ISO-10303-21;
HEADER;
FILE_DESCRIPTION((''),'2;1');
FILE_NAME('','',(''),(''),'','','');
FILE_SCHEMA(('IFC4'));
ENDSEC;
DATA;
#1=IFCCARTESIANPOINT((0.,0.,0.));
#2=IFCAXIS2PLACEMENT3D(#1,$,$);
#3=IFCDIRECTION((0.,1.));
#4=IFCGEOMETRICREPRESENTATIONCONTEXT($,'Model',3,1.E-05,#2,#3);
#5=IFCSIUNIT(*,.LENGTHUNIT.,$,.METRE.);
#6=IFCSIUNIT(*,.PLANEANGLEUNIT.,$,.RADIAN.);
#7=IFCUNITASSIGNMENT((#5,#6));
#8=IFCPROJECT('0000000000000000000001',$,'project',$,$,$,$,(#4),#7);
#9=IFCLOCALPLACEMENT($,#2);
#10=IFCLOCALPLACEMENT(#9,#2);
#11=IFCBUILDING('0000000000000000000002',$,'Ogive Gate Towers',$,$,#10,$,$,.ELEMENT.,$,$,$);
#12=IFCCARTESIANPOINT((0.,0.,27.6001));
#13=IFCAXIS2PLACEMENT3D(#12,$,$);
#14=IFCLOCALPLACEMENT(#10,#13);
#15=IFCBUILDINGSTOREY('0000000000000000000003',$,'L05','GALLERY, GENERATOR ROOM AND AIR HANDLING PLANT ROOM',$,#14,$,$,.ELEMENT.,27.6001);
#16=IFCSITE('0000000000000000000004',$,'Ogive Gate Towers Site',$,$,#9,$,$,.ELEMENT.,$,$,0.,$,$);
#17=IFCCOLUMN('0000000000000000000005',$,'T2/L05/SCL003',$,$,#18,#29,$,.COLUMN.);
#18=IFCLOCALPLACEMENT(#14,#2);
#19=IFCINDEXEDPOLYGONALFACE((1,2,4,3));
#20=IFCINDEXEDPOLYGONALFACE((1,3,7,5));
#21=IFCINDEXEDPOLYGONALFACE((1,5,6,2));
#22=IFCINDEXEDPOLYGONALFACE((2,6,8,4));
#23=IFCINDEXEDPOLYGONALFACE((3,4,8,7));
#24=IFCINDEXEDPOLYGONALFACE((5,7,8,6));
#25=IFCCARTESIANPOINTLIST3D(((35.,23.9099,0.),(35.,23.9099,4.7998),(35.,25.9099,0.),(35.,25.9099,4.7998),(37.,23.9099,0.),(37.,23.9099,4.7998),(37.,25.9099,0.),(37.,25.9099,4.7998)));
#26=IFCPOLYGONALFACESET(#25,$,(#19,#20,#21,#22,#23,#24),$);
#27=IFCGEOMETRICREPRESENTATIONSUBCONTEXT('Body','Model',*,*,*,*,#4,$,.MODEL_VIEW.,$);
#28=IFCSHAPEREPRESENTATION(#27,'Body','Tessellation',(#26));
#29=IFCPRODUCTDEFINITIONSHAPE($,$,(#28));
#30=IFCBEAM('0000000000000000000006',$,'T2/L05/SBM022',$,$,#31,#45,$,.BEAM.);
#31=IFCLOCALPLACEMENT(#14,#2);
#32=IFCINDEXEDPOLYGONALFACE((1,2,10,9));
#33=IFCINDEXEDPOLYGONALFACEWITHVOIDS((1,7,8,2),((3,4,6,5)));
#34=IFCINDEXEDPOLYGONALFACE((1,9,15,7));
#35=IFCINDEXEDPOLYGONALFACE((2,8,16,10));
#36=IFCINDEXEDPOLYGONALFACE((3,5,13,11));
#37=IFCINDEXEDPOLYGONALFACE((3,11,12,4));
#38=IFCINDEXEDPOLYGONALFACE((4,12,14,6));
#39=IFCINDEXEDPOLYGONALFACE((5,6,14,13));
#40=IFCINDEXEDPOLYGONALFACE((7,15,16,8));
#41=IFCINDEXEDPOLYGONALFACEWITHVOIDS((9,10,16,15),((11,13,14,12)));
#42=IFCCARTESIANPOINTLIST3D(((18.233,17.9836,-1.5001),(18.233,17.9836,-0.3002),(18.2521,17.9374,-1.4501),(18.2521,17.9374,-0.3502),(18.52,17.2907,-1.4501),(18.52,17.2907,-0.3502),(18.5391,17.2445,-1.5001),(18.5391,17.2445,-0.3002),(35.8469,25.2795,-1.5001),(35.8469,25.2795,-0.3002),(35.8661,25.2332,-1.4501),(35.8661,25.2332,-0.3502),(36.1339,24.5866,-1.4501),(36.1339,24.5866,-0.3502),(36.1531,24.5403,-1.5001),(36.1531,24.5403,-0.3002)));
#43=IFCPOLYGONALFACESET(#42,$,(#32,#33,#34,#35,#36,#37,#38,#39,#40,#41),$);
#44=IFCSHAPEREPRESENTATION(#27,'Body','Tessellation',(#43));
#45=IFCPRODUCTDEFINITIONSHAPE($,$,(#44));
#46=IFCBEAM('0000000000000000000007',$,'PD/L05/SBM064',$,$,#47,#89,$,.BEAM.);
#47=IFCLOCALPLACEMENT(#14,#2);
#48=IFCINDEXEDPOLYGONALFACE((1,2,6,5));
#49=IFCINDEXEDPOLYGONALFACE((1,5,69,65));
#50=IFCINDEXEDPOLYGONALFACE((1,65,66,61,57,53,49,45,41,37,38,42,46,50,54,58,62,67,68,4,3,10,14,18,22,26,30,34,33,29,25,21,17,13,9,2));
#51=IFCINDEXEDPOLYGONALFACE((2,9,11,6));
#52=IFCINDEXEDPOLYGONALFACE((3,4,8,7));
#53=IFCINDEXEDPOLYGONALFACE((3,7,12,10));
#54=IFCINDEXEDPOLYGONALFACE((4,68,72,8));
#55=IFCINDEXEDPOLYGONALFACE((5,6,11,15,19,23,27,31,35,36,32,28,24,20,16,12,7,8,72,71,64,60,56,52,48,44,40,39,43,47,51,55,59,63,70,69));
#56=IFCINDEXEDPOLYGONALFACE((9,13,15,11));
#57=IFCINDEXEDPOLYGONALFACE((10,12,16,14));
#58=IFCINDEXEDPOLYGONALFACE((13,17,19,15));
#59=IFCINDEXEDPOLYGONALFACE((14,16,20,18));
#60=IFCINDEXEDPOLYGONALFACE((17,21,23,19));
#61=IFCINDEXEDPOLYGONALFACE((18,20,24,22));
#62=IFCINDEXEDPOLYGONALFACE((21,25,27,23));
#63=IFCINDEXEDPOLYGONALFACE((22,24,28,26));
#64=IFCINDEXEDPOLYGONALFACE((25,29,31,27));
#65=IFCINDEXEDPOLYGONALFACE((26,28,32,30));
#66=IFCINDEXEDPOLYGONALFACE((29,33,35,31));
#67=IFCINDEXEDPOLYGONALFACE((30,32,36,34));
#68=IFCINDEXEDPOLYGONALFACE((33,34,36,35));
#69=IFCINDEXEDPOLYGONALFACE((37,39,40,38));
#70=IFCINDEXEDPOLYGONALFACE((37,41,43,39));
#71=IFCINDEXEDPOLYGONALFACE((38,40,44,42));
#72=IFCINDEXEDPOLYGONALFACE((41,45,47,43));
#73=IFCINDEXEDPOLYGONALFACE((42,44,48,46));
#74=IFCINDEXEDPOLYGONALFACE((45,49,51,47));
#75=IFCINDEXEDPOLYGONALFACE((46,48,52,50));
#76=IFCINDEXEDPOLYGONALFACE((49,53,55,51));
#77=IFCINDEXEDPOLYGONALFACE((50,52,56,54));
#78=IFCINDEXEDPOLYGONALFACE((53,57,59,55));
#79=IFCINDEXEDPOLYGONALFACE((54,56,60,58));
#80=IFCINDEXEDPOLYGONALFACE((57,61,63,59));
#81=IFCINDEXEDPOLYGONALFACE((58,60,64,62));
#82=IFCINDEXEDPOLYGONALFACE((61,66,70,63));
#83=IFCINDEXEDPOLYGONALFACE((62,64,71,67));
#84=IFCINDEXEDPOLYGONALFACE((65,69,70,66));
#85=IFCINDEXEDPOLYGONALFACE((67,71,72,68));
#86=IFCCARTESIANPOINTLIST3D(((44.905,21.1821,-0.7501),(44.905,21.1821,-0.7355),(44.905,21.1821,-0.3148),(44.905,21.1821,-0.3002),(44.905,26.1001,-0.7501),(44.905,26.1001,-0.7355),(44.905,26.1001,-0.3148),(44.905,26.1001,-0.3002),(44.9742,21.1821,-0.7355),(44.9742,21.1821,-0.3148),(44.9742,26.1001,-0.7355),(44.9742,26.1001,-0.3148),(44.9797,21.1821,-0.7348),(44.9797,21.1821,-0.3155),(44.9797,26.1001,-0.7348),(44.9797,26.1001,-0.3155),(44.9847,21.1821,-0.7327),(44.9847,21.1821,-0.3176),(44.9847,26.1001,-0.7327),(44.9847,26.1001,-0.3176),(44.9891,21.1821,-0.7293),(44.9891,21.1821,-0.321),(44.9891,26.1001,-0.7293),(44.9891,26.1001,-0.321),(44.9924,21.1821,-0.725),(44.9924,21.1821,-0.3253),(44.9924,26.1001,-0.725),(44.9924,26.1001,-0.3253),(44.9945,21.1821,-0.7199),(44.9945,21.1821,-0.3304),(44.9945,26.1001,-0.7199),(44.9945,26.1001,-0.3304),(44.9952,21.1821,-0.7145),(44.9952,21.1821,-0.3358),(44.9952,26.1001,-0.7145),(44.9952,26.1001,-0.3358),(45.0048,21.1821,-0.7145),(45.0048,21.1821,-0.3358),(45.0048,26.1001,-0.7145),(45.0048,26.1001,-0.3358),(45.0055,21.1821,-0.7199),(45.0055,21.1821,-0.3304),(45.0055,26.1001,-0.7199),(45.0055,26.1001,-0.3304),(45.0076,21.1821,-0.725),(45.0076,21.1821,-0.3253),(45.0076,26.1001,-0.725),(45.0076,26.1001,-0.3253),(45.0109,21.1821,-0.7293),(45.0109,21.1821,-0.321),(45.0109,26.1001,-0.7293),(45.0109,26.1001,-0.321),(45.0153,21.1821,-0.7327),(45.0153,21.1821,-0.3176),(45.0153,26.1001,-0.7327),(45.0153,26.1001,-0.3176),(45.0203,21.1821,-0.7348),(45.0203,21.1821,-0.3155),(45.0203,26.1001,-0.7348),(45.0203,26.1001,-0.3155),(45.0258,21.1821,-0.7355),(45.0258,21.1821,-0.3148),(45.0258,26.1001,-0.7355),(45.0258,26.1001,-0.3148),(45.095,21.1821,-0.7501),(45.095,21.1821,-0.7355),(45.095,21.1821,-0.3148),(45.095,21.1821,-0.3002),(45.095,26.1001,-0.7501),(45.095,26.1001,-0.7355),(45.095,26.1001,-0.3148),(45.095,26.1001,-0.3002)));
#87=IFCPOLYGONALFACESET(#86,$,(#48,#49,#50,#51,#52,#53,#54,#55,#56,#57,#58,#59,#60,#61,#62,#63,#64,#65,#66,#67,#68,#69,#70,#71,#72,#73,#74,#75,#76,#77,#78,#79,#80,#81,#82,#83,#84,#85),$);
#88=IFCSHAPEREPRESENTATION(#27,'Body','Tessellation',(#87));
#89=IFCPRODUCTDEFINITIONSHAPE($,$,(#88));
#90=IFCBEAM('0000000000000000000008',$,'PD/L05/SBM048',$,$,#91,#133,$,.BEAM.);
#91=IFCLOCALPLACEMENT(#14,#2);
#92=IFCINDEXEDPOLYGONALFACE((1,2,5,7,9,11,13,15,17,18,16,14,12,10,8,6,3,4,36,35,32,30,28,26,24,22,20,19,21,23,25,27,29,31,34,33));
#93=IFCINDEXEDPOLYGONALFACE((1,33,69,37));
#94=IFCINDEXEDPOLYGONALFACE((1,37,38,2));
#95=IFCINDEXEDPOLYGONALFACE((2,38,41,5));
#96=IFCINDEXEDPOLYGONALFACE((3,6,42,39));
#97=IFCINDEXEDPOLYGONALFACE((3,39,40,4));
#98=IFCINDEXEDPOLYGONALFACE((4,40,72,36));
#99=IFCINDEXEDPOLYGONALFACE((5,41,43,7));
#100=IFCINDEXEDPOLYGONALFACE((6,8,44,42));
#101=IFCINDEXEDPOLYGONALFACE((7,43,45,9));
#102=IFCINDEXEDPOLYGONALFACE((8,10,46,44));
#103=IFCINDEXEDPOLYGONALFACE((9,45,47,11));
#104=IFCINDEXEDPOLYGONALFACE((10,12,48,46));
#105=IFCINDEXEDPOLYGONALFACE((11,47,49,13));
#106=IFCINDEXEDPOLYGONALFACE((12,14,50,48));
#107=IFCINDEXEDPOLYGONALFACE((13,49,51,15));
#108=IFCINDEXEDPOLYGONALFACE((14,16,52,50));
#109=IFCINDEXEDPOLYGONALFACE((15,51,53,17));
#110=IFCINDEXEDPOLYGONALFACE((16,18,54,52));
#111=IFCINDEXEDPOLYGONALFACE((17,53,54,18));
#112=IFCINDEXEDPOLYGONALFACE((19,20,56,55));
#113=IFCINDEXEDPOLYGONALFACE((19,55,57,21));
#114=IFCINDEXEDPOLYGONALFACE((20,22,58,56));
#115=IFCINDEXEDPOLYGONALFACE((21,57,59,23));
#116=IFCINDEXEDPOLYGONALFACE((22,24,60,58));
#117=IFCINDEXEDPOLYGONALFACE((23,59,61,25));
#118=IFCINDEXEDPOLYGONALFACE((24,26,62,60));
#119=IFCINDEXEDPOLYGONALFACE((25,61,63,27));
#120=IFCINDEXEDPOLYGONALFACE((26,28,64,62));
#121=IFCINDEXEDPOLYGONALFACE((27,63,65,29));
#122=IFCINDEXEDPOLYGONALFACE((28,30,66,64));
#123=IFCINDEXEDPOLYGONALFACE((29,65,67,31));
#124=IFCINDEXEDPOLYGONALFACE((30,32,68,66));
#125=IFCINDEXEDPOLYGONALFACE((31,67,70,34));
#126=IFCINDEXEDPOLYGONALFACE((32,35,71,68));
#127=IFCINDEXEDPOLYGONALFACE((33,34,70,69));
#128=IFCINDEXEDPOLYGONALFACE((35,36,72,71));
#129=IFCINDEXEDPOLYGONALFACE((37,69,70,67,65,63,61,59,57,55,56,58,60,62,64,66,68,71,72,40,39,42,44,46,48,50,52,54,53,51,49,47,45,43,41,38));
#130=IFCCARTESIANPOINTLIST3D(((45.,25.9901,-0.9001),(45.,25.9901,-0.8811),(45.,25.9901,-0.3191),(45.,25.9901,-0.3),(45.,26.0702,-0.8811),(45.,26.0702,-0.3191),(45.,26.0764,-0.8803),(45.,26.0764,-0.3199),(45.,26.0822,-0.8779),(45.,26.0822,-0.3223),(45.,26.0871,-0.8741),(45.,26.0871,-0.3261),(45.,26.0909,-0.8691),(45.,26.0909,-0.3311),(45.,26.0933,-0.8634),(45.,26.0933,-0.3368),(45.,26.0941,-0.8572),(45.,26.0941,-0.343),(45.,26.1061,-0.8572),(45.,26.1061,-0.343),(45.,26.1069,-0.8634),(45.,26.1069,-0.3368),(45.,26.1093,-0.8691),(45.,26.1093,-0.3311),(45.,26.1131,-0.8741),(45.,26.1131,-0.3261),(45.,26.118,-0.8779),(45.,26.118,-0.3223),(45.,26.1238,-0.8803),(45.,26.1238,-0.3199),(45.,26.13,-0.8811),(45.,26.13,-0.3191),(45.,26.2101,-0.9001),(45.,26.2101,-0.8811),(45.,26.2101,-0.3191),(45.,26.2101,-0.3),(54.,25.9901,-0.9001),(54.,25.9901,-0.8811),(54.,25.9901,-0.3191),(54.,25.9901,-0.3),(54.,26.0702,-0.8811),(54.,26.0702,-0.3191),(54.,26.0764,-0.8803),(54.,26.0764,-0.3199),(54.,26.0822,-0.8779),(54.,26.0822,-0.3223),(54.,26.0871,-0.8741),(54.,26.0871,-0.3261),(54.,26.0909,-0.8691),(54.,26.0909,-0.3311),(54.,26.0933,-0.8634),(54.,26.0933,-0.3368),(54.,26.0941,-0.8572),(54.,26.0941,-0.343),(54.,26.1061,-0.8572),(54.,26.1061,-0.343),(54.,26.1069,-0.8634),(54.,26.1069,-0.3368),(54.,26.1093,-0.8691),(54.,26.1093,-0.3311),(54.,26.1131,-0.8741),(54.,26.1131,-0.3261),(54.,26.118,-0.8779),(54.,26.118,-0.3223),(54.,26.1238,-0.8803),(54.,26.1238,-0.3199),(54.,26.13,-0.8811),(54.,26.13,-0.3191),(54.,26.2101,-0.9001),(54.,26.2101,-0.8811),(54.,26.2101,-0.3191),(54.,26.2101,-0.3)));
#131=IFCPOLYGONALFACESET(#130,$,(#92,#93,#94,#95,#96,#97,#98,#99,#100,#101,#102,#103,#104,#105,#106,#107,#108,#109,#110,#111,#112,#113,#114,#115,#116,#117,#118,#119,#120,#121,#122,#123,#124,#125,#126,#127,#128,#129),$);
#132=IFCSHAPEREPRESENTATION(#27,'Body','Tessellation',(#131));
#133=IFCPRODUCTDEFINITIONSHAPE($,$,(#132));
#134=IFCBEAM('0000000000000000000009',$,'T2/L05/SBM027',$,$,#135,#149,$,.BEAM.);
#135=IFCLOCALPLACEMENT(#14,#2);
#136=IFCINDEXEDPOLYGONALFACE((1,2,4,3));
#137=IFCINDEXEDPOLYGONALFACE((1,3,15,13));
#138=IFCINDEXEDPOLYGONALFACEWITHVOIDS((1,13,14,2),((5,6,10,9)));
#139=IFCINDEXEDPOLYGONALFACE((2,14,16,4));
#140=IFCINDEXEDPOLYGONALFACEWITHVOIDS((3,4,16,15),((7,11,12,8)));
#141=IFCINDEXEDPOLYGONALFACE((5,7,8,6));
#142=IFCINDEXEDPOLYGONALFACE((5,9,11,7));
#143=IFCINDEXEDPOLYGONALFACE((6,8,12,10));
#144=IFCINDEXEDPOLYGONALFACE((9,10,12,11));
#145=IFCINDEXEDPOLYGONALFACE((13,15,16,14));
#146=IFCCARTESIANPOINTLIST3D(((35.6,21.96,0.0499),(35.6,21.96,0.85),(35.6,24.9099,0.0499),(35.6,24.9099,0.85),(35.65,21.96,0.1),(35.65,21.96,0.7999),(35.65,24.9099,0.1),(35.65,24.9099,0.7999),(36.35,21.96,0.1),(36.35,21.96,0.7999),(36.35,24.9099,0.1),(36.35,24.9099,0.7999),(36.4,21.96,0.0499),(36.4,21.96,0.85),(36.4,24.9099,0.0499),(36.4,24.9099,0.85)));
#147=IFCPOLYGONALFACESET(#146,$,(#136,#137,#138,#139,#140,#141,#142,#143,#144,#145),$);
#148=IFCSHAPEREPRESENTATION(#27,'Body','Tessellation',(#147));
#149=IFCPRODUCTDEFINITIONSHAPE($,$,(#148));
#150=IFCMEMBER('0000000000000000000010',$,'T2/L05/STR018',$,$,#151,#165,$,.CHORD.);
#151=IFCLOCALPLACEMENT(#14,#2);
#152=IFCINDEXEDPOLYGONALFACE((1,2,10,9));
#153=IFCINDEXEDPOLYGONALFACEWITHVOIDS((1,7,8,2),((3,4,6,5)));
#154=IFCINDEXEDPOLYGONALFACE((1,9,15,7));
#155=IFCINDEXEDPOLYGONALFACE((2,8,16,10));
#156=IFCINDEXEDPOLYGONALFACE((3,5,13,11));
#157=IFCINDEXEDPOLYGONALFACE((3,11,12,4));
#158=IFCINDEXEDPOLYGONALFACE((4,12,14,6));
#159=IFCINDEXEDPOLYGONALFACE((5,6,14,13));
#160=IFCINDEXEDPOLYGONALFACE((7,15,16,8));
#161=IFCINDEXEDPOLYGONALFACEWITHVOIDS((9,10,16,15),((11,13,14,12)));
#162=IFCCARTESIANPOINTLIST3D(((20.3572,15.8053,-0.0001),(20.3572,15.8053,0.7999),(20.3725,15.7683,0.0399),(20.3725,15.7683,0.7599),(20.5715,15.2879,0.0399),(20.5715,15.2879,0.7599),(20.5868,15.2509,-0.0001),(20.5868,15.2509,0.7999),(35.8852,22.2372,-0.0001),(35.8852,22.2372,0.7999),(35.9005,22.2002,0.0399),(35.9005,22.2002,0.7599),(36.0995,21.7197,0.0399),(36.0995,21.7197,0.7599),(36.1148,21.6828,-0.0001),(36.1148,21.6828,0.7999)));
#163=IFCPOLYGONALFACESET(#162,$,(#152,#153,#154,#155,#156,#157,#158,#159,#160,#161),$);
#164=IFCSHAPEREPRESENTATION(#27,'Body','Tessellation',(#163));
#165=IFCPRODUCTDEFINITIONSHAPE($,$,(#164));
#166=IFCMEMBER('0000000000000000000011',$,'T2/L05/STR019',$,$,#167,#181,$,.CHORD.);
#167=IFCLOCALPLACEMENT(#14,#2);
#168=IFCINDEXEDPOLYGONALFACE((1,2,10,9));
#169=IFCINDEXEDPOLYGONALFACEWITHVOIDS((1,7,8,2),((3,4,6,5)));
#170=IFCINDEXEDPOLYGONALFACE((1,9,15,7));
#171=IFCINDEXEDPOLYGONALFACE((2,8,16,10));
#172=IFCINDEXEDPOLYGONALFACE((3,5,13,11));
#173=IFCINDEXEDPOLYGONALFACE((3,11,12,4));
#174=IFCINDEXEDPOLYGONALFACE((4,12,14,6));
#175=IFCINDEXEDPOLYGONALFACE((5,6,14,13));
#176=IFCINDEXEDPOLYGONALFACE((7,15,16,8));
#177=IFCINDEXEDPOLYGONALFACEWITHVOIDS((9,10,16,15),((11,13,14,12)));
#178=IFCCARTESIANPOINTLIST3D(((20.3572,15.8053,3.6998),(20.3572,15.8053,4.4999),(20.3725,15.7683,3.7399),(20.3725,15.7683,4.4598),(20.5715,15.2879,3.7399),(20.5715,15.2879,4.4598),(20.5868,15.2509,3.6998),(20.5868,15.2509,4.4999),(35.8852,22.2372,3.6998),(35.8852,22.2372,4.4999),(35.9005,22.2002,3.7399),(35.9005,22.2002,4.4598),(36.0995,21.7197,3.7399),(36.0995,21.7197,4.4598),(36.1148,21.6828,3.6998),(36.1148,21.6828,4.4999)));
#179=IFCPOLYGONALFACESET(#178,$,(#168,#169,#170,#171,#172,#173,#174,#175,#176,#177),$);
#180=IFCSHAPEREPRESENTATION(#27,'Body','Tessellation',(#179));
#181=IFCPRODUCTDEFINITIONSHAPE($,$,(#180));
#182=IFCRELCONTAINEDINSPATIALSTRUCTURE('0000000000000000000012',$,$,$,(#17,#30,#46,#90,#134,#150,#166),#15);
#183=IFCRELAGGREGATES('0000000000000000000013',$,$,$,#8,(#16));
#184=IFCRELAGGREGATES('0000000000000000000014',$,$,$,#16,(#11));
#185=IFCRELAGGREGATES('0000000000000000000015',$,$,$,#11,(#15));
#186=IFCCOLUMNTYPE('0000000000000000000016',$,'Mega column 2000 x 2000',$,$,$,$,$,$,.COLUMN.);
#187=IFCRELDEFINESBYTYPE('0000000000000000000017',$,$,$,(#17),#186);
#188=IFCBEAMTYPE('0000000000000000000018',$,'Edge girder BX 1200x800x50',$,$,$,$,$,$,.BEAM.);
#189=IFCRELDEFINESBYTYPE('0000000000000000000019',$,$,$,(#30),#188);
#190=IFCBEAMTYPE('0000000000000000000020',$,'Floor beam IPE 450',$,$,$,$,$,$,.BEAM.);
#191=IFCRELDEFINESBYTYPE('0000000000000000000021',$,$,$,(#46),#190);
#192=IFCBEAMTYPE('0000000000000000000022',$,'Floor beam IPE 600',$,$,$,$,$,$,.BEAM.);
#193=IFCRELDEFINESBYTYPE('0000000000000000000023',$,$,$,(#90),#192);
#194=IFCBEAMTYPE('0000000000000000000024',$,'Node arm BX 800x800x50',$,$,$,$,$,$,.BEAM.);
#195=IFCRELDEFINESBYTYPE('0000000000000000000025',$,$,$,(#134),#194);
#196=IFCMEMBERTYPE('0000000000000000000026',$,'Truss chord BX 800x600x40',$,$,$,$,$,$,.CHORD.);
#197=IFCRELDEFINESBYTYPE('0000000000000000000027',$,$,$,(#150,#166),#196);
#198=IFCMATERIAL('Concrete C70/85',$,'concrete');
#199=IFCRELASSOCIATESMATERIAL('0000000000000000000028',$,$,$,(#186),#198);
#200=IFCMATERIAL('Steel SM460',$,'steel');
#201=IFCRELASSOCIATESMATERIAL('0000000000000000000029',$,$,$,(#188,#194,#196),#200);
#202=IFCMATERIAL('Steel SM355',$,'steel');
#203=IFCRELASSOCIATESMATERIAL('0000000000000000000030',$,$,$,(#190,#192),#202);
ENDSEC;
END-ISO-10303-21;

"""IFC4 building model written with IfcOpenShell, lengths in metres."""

from ifc_helpers import new_model, si_unit, direction, frame, origin, origin_2d, place, context, subcontext, project, spatial, rectangle, hollow_rectangle, i_section, extrude, material, material_profile, profile_set, type_object, element, save


model = new_model("IFC4")

# Units and contexts
model_context = context("Model", 3, precision=1e-05, world=origin(), true_north=direction((0.0, 1.0)))
body_context = subcontext(model_context, "Body", "Model", "MODEL_VIEW")
ifc_project = project(units=[si_unit("LENGTHUNIT", "METRE"), si_unit("PLANEANGLEUNIT", "RADIAN")], contexts=[model_context])

# Site, building, storey
site_placement = place(None, origin())
site = spatial("IfcSite", under=ifc_project, at=site_placement, Name="Ogive Gate Towers Site", CompositionType="ELEMENT", RefElevation=0.0)
building_placement = place(site_placement, origin())
building = spatial("IfcBuilding", under=site, at=building_placement, Name="Ogive Gate Towers", CompositionType="ELEMENT")
storey_placement = place(building_placement, frame((0.0, 0.0, 27.6001)))
storey = spatial("IfcBuildingStorey", under=building, at=storey_placement, Name="L05", Description="GALLERY, GENERATOR ROOM AND AIR HANDLING PLANT ROOM", CompositionType="ELEMENT", Elevation=27.6001)

# Column
ifc_material_1 = material(Name="Concrete C70/85", Category="concrete")
ifc_material_profile_1 = material_profile(ifc_material_1, rectangle(XDim=2.0, YDim=2.0, at=origin_2d()), Name="RC 2000x2000")
ifc_profile_set_1 = profile_set([ifc_material_profile_1], Name="Concrete C70/85")
column_type = type_object("IfcColumnType", Name="Mega column 2000 x 2000", PredefinedType="COLUMN", material=ifc_profile_set_1)
column_placement = place(storey_placement, frame((36.0, 24.9099, 0.0), z_axis=(0.0, 0.0, 1.0), x_axis=(0.0, 1.0, 0.0)))
element("IfcColumn", 1, at=column_placement, inside=storey, type_object=column_type, Name="T2/L05/SCL003", PredefinedType="COLUMN", context=body_context, shape_type="SweptSolid", body=[
    extrude(rectangle(XDim=2.0, YDim=2.0, at=origin_2d()), origin(), (0.0, 0.0, 1.0), 4.7998),
])

# Beams
ifc_material_2 = material(Name="Steel SM460", Category="steel")
ifc_material_profile_2 = material_profile(ifc_material_2, hollow_rectangle(XDim=0.8, YDim=1.2, WallThickness=0.05, at=origin_2d()), Name="BX 1200x800x50")
ifc_profile_set_2 = profile_set([ifc_material_profile_2], Name="Steel SM460")
beam_type_1 = type_object("IfcBeamType", Name="Edge girder BX 1200x800x50", PredefinedType="BEAM", material=ifc_profile_set_2)
beam_1_placement = place(storey_placement, frame((36.0, 24.9099, -0.9001), z_axis=(-0.923881, -0.382681, 0.0), x_axis=(0.382681, -0.923881, 0.0)))
element("IfcBeam", 2, at=beam_1_placement, inside=storey, type_object=beam_type_1, Name="T2/L05/SBM022", PredefinedType="BEAM", context=body_context, shape_type="SweptSolid", body=[
    extrude(hollow_rectangle(XDim=0.8, YDim=1.2, WallThickness=0.05, at=origin_2d()), origin(), (0.0, 0.0, 1.0), 19.0652),
])
ifc_material_3 = material(Name="Steel SM355", Category="steel")
ifc_material_profile_3 = material_profile(ifc_material_3, i_section(OverallWidth=0.1899, OverallDepth=0.45, WebThickness=0.0095, FlangeThickness=0.0146, FilletRadius=0.021, at=origin_2d()), Name="IPE 450")
ifc_profile_set_3 = profile_set([ifc_material_profile_3], Name="Steel SM355")
beam_type_2 = type_object("IfcBeamType", Name="Floor beam IPE 450", PredefinedType="BEAM", material=ifc_profile_set_3)
beam_2_placement = place(storey_placement, frame((45.0, 26.1001, -0.5251), z_axis=(0.0, -1.0, 0.0), x_axis=(1.0, 0.0, 0.0)))
element("IfcBeam", 3, at=beam_2_placement, inside=storey, type_object=beam_type_2, Name="PD/L05/SBM064", PredefinedType="BEAM", context=body_context, shape_type="SweptSolid", body=[
    extrude(i_section(OverallWidth=0.1899, OverallDepth=0.45, WebThickness=0.0095, FlangeThickness=0.0146, FilletRadius=0.021, at=origin_2d()), origin(), (0.0, 0.0, 1.0), 4.918),
])
ifc_material_profile_4 = material_profile(ifc_material_3, i_section(OverallWidth=0.22, OverallDepth=0.6001, WebThickness=0.012, FlangeThickness=0.019, FilletRadius=0.0239, at=origin_2d()), Name="IPE 600")
ifc_profile_set_4 = profile_set([ifc_material_profile_4], Name="Steel SM355")
beam_type_3 = type_object("IfcBeamType", Name="Floor beam IPE 600", PredefinedType="BEAM", material=ifc_profile_set_4)
beam_3_placement = place(storey_placement, frame((45.0, 26.1001, -0.6001), z_axis=(1.0, 0.0, 0.0), x_axis=(0.0, 1.0, 0.0)))
element("IfcBeam", 4, at=beam_3_placement, inside=storey, type_object=beam_type_3, Name="PD/L05/SBM048", PredefinedType="BEAM", context=body_context, shape_type="SweptSolid", body=[
    extrude(i_section(OverallWidth=0.22, OverallDepth=0.6001, WebThickness=0.012, FlangeThickness=0.019, FilletRadius=0.0239, at=origin_2d()), origin(), (0.0, 0.0, 1.0), 9.0),
])
ifc_material_profile_5 = material_profile(ifc_material_2, hollow_rectangle(XDim=0.8, YDim=0.8, WallThickness=0.05, at=origin_2d()), Name="BX 800x800x50")
ifc_profile_set_5 = profile_set([ifc_material_profile_5], Name="Steel SM460")
beam_type_4 = type_object("IfcBeamType", Name="Node arm BX 800x800x50", PredefinedType="BEAM", material=ifc_profile_set_5)
beam_4_placement = place(storey_placement, frame((36.0, 21.96, 0.45), z_axis=(0.0, 1.0, 0.0), x_axis=(-1.0, 0.0, 0.0)))
element("IfcBeam", 5, at=beam_4_placement, inside=storey, type_object=beam_type_4, Name="T2/L05/SBM027", PredefinedType="BEAM", context=body_context, shape_type="SweptSolid", body=[
    extrude(hollow_rectangle(XDim=0.8, YDim=0.8, WallThickness=0.05, at=origin_2d()), origin(), (0.0, 0.0, 1.0), 2.95),
])

# Members
ifc_material_profile_6 = material_profile(ifc_material_2, hollow_rectangle(XDim=0.6001, YDim=0.8, WallThickness=0.04, at=origin_2d()), Name="BX 800x600x40")
ifc_profile_set_6 = profile_set([ifc_material_profile_6], Name="Steel SM460")
member_type_1 = type_object("IfcMemberType", Name="Truss chord BX 800x600x40", PredefinedType="CHORD", material=ifc_profile_set_6)
for number, where, z_axis, x_axis, name in (
    (6, (36.0, 21.96, 0.3999), (-0.923881, -0.382681, 0.0), (0.382681, -0.923881, 0.0), "T2/L05/STR018"),
    (7, (36.0, 21.96, 4.0999), (-0.923881, -0.382681, 0.0), (0.382681, -0.923881, 0.0), "T2/L05/STR019"),
):
    element("IfcMember", number, at=place(storey_placement, frame(where, z_axis=z_axis, x_axis=x_axis)), inside=storey, type_object=member_type_1, Name=name, PredefinedType="CHORD", context=body_context, shape_type="SweptSolid", body=[
        extrude(hollow_rectangle(XDim=0.6001, YDim=0.8, WallThickness=0.04, at=origin_2d()), origin(), (0.0, 0.0, 1.0), 16.8074),
    ])

save(model, "model.ifc")
